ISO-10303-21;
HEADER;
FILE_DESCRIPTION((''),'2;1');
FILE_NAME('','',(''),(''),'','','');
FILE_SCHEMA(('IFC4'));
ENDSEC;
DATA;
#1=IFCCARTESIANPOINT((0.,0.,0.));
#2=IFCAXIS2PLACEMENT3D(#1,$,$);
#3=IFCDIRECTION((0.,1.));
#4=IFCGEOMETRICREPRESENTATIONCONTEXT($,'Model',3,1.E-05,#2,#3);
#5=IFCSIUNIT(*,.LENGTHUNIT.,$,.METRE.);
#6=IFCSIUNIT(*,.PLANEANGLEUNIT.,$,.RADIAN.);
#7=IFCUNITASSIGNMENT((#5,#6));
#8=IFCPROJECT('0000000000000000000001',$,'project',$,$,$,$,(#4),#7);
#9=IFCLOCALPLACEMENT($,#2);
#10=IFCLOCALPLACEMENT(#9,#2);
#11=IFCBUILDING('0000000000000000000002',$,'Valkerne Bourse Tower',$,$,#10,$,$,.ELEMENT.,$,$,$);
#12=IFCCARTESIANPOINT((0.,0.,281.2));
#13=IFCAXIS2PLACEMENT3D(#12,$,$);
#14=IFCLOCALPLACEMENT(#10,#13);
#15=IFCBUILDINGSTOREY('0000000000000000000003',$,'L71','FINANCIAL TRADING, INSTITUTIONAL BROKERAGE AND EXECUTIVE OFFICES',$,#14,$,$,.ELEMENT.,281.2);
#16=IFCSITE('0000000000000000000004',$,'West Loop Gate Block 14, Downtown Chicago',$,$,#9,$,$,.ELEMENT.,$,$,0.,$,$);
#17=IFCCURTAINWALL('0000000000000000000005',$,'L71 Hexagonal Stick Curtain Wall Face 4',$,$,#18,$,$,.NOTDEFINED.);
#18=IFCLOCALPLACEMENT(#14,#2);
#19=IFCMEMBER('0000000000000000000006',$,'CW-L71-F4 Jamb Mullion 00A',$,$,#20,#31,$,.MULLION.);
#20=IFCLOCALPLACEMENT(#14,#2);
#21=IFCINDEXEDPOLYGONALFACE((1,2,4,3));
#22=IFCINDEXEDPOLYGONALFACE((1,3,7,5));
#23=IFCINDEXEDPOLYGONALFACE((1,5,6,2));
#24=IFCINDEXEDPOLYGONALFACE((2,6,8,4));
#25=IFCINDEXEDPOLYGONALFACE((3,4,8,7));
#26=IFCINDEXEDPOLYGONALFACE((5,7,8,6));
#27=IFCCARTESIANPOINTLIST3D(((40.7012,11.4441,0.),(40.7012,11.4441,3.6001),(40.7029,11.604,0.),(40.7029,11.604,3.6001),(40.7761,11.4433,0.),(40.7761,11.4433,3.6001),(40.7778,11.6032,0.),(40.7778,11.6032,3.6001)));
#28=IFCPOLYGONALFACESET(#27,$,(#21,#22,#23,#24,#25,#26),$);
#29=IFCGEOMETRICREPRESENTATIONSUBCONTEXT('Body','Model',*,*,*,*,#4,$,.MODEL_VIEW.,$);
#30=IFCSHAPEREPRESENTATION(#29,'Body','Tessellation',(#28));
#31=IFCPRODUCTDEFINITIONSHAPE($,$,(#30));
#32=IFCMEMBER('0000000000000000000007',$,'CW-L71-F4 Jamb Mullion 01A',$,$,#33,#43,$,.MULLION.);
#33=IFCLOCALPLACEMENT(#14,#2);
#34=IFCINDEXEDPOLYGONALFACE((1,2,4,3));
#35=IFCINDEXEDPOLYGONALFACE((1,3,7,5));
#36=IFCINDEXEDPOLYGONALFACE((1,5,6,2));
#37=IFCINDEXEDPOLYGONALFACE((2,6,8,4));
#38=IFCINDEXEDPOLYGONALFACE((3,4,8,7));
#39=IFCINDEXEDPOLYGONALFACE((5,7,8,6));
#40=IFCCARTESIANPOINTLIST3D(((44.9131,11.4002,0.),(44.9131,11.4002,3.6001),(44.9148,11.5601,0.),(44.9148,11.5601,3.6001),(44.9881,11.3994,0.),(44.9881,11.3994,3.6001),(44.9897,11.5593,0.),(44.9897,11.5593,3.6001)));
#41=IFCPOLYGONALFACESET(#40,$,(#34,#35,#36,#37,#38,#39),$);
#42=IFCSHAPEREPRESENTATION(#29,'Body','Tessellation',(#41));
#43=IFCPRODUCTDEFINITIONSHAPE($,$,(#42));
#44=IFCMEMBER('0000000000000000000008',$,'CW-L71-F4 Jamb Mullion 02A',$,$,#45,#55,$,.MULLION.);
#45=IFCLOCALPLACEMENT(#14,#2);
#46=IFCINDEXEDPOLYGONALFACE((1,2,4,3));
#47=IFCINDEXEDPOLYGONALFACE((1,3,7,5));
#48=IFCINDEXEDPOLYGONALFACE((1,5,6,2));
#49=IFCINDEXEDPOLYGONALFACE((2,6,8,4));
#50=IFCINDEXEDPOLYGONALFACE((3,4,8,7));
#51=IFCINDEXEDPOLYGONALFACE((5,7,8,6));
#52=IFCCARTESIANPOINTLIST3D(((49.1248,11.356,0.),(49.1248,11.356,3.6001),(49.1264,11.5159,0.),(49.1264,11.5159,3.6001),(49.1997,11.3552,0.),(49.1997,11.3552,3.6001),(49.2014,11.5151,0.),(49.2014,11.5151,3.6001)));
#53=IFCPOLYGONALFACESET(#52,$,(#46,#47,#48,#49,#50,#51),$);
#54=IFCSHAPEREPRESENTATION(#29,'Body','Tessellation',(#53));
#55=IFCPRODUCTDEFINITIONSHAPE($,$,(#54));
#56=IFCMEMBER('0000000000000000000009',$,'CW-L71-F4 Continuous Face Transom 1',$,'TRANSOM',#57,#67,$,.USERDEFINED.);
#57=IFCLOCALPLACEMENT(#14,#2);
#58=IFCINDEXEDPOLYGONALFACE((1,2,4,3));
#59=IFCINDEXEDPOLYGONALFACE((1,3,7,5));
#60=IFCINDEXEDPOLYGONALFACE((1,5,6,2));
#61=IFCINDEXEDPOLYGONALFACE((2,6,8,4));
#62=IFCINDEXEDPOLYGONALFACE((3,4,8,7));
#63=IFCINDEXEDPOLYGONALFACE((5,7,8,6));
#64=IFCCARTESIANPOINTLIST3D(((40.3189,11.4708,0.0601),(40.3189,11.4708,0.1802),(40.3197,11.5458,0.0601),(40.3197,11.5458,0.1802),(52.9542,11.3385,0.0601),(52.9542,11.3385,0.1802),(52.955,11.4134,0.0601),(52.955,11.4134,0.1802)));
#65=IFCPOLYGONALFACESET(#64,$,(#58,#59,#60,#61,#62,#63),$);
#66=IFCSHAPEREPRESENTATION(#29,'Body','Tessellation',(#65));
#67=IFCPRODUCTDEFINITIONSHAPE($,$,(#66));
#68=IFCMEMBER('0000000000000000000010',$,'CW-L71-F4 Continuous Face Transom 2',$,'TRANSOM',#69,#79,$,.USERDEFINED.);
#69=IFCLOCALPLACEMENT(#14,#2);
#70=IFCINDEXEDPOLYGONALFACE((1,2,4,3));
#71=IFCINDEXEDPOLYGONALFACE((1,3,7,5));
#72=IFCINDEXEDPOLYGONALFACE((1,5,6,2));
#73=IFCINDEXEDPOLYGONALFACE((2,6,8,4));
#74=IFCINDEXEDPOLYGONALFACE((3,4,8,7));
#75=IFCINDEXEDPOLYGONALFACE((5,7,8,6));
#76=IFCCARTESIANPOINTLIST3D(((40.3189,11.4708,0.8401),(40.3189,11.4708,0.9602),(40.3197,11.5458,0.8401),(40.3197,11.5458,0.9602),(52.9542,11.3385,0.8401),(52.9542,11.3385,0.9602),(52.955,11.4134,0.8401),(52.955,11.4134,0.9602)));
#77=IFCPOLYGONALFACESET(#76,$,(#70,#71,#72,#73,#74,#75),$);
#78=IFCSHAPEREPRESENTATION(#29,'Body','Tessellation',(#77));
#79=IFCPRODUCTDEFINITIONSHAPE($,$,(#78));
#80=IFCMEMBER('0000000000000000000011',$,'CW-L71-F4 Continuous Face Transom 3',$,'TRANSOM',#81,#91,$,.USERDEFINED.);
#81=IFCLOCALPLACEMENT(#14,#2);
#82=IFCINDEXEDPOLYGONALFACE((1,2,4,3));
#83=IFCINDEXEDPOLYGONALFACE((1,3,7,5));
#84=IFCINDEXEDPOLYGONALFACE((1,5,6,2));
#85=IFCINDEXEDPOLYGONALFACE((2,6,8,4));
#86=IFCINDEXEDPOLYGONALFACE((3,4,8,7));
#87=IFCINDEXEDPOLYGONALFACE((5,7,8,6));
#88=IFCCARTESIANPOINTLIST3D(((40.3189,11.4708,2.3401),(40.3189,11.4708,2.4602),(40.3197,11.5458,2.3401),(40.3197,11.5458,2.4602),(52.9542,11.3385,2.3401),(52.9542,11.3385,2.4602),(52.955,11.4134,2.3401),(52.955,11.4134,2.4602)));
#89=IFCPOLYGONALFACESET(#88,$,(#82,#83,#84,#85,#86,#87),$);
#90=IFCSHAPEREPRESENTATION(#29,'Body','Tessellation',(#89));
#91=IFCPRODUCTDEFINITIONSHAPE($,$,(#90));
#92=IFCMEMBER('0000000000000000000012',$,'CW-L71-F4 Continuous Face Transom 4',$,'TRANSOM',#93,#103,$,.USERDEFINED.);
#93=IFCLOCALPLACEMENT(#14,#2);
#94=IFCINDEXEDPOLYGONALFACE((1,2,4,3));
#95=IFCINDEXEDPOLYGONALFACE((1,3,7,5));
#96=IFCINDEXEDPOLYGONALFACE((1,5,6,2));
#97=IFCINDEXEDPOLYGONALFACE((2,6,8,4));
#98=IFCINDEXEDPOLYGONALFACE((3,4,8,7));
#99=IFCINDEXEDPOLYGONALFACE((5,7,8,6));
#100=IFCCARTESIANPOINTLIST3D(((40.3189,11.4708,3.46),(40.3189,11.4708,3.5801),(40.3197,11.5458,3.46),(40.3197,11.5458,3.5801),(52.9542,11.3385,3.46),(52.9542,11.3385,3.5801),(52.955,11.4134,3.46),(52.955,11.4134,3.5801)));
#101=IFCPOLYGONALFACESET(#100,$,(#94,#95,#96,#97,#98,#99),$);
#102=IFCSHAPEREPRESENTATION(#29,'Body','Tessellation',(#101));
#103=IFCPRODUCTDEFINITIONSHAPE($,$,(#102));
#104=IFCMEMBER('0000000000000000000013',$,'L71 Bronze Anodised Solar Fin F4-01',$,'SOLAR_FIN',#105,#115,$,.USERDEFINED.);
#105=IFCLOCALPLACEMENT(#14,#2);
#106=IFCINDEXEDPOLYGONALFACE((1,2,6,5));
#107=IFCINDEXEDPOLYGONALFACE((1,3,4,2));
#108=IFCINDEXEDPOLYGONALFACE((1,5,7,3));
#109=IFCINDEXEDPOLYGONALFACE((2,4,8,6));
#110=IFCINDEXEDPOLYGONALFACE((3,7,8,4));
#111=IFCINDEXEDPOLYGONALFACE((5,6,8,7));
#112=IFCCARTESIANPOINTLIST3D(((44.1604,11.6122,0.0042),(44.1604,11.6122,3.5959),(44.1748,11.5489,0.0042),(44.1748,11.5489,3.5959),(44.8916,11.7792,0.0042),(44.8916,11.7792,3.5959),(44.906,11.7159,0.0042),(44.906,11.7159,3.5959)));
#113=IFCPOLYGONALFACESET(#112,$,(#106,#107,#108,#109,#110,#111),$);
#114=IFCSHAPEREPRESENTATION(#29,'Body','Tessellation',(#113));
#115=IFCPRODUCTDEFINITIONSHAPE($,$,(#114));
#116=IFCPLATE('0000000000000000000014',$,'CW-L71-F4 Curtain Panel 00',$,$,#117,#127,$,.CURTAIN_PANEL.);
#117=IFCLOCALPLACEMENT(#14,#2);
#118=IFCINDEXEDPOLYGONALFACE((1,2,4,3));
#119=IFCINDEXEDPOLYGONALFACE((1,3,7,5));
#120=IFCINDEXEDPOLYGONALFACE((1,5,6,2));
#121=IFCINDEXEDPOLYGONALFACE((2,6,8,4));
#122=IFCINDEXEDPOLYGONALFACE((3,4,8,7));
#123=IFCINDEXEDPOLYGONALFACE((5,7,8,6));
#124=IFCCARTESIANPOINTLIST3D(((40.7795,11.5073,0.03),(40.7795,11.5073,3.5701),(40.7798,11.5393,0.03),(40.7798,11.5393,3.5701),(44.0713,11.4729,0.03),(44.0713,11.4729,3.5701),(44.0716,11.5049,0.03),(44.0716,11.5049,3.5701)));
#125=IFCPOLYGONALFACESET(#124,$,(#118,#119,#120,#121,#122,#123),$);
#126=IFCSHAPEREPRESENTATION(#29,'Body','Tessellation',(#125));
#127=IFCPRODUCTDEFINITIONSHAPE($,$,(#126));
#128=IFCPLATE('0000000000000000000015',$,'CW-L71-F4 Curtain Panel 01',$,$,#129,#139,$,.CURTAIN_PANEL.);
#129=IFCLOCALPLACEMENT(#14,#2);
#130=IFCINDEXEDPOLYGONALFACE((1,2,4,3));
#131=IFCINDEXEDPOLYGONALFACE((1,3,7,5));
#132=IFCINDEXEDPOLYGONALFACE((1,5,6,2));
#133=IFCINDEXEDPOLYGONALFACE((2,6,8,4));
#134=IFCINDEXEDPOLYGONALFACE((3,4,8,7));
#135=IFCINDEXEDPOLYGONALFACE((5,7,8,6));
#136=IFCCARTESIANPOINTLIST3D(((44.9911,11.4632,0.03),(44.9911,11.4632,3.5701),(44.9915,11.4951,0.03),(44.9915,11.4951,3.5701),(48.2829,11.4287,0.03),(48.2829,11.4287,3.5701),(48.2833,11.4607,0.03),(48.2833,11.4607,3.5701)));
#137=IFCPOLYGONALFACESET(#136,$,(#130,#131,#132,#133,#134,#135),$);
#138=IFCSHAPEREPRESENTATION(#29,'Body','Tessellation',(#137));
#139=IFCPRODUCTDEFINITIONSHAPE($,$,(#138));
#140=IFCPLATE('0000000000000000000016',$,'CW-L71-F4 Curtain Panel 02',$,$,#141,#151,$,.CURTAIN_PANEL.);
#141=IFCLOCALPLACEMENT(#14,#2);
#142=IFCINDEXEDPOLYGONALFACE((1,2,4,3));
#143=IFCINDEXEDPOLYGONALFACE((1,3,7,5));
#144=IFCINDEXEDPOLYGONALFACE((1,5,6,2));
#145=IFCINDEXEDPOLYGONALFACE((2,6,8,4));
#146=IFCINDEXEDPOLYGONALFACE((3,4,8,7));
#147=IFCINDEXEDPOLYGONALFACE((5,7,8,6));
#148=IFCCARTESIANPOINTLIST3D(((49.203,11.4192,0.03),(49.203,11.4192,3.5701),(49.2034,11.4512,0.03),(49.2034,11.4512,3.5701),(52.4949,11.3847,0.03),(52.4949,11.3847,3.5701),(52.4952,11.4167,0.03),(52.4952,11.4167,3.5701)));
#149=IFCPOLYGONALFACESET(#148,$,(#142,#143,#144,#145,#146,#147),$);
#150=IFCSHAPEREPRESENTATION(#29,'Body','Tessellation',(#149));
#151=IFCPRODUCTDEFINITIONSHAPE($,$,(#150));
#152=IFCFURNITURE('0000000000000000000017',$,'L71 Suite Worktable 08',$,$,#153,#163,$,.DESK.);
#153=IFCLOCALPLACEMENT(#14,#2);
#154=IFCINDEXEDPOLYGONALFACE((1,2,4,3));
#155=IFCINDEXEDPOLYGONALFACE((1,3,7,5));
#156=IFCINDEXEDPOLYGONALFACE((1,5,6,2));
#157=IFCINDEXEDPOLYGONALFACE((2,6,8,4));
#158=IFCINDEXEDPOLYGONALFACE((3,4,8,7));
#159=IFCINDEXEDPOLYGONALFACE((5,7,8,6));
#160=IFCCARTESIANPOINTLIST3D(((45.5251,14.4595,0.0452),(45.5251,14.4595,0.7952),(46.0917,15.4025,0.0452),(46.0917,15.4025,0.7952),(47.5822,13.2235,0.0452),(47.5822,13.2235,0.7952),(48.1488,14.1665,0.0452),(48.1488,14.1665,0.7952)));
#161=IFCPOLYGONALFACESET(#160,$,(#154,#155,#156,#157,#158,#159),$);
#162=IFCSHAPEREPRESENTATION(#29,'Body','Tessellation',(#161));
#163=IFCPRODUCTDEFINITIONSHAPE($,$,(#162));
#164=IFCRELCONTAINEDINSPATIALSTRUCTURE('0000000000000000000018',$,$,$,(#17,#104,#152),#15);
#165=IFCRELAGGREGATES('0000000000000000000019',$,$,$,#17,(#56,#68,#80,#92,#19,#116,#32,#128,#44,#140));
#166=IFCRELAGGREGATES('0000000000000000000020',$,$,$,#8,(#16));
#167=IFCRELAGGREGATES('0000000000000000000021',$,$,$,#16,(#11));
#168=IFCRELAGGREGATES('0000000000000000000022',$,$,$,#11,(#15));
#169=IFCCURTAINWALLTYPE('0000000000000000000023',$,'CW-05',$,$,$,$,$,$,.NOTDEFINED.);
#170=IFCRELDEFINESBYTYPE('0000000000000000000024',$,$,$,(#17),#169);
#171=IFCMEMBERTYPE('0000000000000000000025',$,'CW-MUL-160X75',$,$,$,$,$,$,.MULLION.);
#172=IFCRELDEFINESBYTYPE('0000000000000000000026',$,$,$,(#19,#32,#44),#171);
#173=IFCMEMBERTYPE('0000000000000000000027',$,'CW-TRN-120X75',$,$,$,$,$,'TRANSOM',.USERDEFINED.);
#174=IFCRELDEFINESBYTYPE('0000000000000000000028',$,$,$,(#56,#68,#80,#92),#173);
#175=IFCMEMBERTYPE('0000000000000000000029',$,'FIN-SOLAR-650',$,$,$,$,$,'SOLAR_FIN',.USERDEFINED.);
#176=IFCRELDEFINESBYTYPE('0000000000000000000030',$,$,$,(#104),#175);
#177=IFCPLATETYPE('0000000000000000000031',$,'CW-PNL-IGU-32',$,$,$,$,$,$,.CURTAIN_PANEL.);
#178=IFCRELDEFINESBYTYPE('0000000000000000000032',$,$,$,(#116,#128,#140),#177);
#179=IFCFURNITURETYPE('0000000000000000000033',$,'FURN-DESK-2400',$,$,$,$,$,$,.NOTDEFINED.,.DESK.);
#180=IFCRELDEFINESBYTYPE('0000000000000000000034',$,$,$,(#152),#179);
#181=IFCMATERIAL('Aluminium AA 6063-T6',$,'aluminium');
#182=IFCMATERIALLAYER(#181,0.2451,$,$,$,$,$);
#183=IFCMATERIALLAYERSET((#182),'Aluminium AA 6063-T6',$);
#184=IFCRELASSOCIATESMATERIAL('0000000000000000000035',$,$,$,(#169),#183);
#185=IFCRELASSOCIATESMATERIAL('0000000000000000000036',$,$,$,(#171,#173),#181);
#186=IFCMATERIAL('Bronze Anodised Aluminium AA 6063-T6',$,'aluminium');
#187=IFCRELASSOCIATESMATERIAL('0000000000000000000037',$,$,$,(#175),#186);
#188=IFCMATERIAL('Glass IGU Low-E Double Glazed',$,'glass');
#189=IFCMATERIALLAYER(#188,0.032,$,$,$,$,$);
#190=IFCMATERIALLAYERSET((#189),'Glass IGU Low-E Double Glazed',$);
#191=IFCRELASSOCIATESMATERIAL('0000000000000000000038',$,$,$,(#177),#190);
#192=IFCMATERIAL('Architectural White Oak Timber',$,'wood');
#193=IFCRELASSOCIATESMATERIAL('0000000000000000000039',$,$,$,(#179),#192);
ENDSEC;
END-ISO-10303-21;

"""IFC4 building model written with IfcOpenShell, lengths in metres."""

from ifc_helpers import new_model, si_unit, direction, frame, origin, origin_2d, place, context, subcontext, project, spatial, rectangle, extrude, material, layer, layer_set, material_profile, profile_set, type_object, element, aggregate, save


model = new_model("IFC4")

# Units and contexts
model_context = context("Model", 3, precision=1e-05, world=origin(), true_north=direction((0.0, 1.0)))
body_context = subcontext(model_context, "Body", "Model", "MODEL_VIEW")
ifc_project = project(units=[si_unit("LENGTHUNIT", "METRE"), si_unit("PLANEANGLEUNIT", "RADIAN")], contexts=[model_context])

# Site, building, storey
site_placement = place(None, origin())
site = spatial("IfcSite", under=ifc_project, at=site_placement, Name="West Loop Gate Block 14, Downtown Chicago", CompositionType="ELEMENT", RefElevation=0.0)
building_placement = place(site_placement, origin())
building = spatial("IfcBuilding", under=site, at=building_placement, Name="Valkerne Bourse Tower", CompositionType="ELEMENT")
storey_placement = place(building_placement, frame((0.0, 0.0, 281.2)))
storey = spatial("IfcBuildingStorey", under=building, at=storey_placement, Name="L71", Description="FINANCIAL TRADING, INSTITUTIONAL BROKERAGE AND EXECUTIVE OFFICES", CompositionType="ELEMENT", Elevation=281.2)

# Curtain wall, members
ifc_material_1 = material(Name="Aluminium AA 6063-T6", Category="aluminium")
ifc_layer_1 = layer(ifc_material_1, 0.2451)
ifc_layer_set_1 = layer_set([ifc_layer_1], Name="Aluminium AA 6063-T6")
curtain_wall_type = type_object("IfcCurtainWallType", Name="CW-05", PredefinedType="NOTDEFINED", material=ifc_layer_set_1)
curtain_wall_placement = place(storey_placement, origin())
curtain_wall = element("IfcCurtainWall", 1, at=curtain_wall_placement, inside=storey, type_object=curtain_wall_type, Name="L71 Hexagonal Stick Curtain Wall Face 4", PredefinedType="NOTDEFINED")
ifc_material_profile_1 = material_profile(ifc_material_1, rectangle(XDim=0.075, YDim=0.1599, at=origin_2d()), Name="CWM-75X160")
ifc_profile_set_1 = profile_set([ifc_material_profile_1], Name="Aluminium AA 6063-T6")
member_type_1 = type_object("IfcMemberType", Name="CW-MUL-160X75", PredefinedType="MULLION", material=ifc_profile_set_1)
member_1_placement = place(storey_placement, frame((40.7395, 11.5237, 0.0), z_axis=(0.0, 0.0, 1.0), x_axis=(0.999945, -0.01047, 0.0)))
member_1 = element("IfcMember", 2, at=member_1_placement, type_object=member_type_1, Name="CW-L71-F4 Jamb Mullion 00A", PredefinedType="MULLION", context=body_context, shape_type="SweptSolid", body=[
    extrude(rectangle(XDim=0.075, YDim=0.1599, at=origin_2d()), origin(), (0.0, 0.0, 1.0), 3.6001),
])
member_2_placement = place(storey_placement, frame((44.9514, 11.4797, 0.0), z_axis=(0.0, 0.0, 1.0), x_axis=(0.999945, -0.01047, 0.0)))
member_2 = element("IfcMember", 3, at=member_2_placement, type_object=member_type_1, Name="CW-L71-F4 Jamb Mullion 01A", PredefinedType="MULLION", context=body_context, shape_type="SweptSolid", body=[
    extrude(rectangle(XDim=0.075, YDim=0.1599, at=origin_2d()), origin(), (0.0, 0.0, 1.0), 3.6001),
])
member_3_placement = place(storey_placement, frame((49.1631, 11.4355, 0.0), z_axis=(0.0, 0.0, 1.0), x_axis=(0.999945, -0.01047, 0.0)))
member_3 = element("IfcMember", 4, at=member_3_placement, type_object=member_type_1, Name="CW-L71-F4 Jamb Mullion 02A", PredefinedType="MULLION", context=body_context, shape_type="SweptSolid", body=[
    extrude(rectangle(XDim=0.075, YDim=0.1599, at=origin_2d()), origin(), (0.0, 0.0, 1.0), 3.6001),
])
ifc_material_profile_2 = material_profile(ifc_material_1, rectangle(XDim=0.075, YDim=0.1201, at=origin_2d()), Name="CWT-75X120")
ifc_profile_set_2 = profile_set([ifc_material_profile_2], Name="Aluminium AA 6063-T6")
member_type_2 = type_object("IfcMemberType", Name="CW-TRN-120X75", ElementType="TRANSOM", PredefinedType="USERDEFINED", material=ifc_profile_set_2)
member_4_placement = place(storey_placement, frame((40.3193, 11.5083, 0.1201), z_axis=(0.999945, -0.010472, 0.0), x_axis=(0.010472, 0.999945, 0.0)))
member_4 = element("IfcMember", 5, at=member_4_placement, type_object=member_type_2, Name="CW-L71-F4 Continuous Face Transom 1", ObjectType="TRANSOM", PredefinedType="USERDEFINED", context=body_context, shape_type="SweptSolid", body=[
    extrude(rectangle(XDim=0.075, YDim=0.1201, at=origin_2d()), origin(), (0.0, 0.0, 1.0), 12.636),
])
member_5_placement = place(storey_placement, frame((40.3193, 11.5083, 0.9001), z_axis=(0.999945, -0.010472, 0.0), x_axis=(0.010472, 0.999945, 0.0)))
member_5 = element("IfcMember", 6, at=member_5_placement, type_object=member_type_2, Name="CW-L71-F4 Continuous Face Transom 2", ObjectType="TRANSOM", PredefinedType="USERDEFINED", context=body_context, shape_type="SweptSolid", body=[
    extrude(rectangle(XDim=0.075, YDim=0.1201, at=origin_2d()), origin(), (0.0, 0.0, 1.0), 12.636),
])
member_6_placement = place(storey_placement, frame((40.3193, 11.5083, 2.4001), z_axis=(0.999945, -0.010472, 0.0), x_axis=(0.010472, 0.999945, 0.0)))
member_6 = element("IfcMember", 7, at=member_6_placement, type_object=member_type_2, Name="CW-L71-F4 Continuous Face Transom 3", ObjectType="TRANSOM", PredefinedType="USERDEFINED", context=body_context, shape_type="SweptSolid", body=[
    extrude(rectangle(XDim=0.075, YDim=0.1201, at=origin_2d()), origin(), (0.0, 0.0, 1.0), 12.636),
])
member_7_placement = place(storey_placement, frame((40.3193, 11.5083, 3.52), z_axis=(0.999945, -0.010472, 0.0), x_axis=(0.010472, 0.999945, 0.0)))
member_7 = element("IfcMember", 8, at=member_7_placement, type_object=member_type_2, Name="CW-L71-F4 Continuous Face Transom 4", ObjectType="TRANSOM", PredefinedType="USERDEFINED", context=body_context, shape_type="SweptSolid", body=[
    extrude(rectangle(XDim=0.075, YDim=0.1201, at=origin_2d()), origin(), (0.0, 0.0, 1.0), 12.636),
])

# Member
ifc_material_2 = material(Name="Bronze Anodised Aluminium AA 6063-T6", Category="aluminium")
ifc_material_profile_3 = material_profile(ifc_material_2, rectangle(XDim=0.0649, YDim=0.75, at=origin_2d()), Name="FIN-65X750")
ifc_profile_set_3 = profile_set([ifc_material_profile_3], Name="Bronze Anodised Aluminium AA 6063-T6")
member_type_3 = type_object("IfcMemberType", Name="FIN-SOLAR-650", ElementType="SOLAR_FIN", PredefinedType="USERDEFINED", material=ifc_profile_set_3)
member_8_placement = place(storey_placement, frame((44.5332, 11.6641, 0.0042), z_axis=(0.0, 0.0, 1.0), x_axis=(0.222645, -0.974899, 0.0)))
element("IfcMember", 9, at=member_8_placement, inside=storey, type_object=member_type_3, Name="L71 Bronze Anodised Solar Fin F4-01", ObjectType="SOLAR_FIN", PredefinedType="USERDEFINED", context=body_context, shape_type="SweptSolid", body=[
    extrude(rectangle(XDim=0.0649, YDim=0.75, at=origin_2d()), origin(), (0.0, 0.0, 1.0), 3.5918),
])

# Plates
ifc_material_3 = material(Name="Glass IGU Low-E Double Glazed", Category="glass")
ifc_layer_2 = layer(ifc_material_3, 0.032)
ifc_layer_set_2 = layer_set([ifc_layer_2], Name="Glass IGU Low-E Double Glazed")
plate_type = type_object("IfcPlateType", Name="CW-PNL-IGU-32", PredefinedType="CURTAIN_PANEL", material=ifc_layer_set_2)
plate_1_placement = place(storey_placement, frame((42.4255, 11.5061, 0.03), z_axis=(0.0, 0.0, 1.0), x_axis=(0.999945, -0.01047, 0.0)))
plate_1 = element("IfcPlate", 10, at=plate_1_placement, type_object=plate_type, Name="CW-L71-F4 Curtain Panel 00", PredefinedType="CURTAIN_PANEL", context=body_context, shape_type="SweptSolid", body=[
    extrude(rectangle(XDim=3.292, YDim=0.032, at=origin_2d()), origin(), (0.0, 0.0, 1.0), 3.54),
])
plate_2_placement = place(storey_placement, frame((46.6372, 11.4619, 0.03), z_axis=(0.0, 0.0, 1.0), x_axis=(0.999945, -0.01047, 0.0)))
plate_2 = element("IfcPlate", 11, at=plate_2_placement, type_object=plate_type, Name="CW-L71-F4 Curtain Panel 01", PredefinedType="CURTAIN_PANEL", context=body_context, shape_type="SweptSolid", body=[
    extrude(rectangle(XDim=3.292, YDim=0.032, at=origin_2d()), origin(), (0.0, 0.0, 1.0), 3.54),
])
plate_3_placement = place(storey_placement, frame((50.8491, 11.418, 0.03), z_axis=(0.0, 0.0, 1.0), x_axis=(0.999945, -0.01047, 0.0)))
plate_3 = element("IfcPlate", 12, at=plate_3_placement, type_object=plate_type, Name="CW-L71-F4 Curtain Panel 02", PredefinedType="CURTAIN_PANEL", context=body_context, shape_type="SweptSolid", body=[
    extrude(rectangle(XDim=3.292, YDim=0.032, at=origin_2d()), origin(), (0.0, 0.0, 1.0), 3.54),
])
aggregate(curtain_wall, [member_4, member_5, member_6, member_7, member_1, plate_1, member_2, plate_2, member_3, plate_3])

# Furniture
ifc_material_4 = material(Name="Architectural White Oak Timber", Category="wood")
furniture_type = type_object("IfcFurnitureType", Name="FURN-DESK-2400", AssemblyPlace="NOTDEFINED", PredefinedType="DESK", material=ifc_material_4)
furniture_placement = place(storey_placement, frame((46.8369, 14.313, 0.0452), z_axis=(0.0, 0.0, 1.0), x_axis=(-0.857167, 0.515038, 0.0)))
element("IfcFurniture", 13, at=furniture_placement, inside=storey, type_object=furniture_type, Name="L71 Suite Worktable 08", PredefinedType="DESK", context=body_context, shape_type="SweptSolid", body=[
    extrude(rectangle(XDim=2.3999, YDim=1.1001, at=origin_2d()), origin(), (0.0, 0.0, 1.0), 0.75),
])

save(model, "model.ifc")
